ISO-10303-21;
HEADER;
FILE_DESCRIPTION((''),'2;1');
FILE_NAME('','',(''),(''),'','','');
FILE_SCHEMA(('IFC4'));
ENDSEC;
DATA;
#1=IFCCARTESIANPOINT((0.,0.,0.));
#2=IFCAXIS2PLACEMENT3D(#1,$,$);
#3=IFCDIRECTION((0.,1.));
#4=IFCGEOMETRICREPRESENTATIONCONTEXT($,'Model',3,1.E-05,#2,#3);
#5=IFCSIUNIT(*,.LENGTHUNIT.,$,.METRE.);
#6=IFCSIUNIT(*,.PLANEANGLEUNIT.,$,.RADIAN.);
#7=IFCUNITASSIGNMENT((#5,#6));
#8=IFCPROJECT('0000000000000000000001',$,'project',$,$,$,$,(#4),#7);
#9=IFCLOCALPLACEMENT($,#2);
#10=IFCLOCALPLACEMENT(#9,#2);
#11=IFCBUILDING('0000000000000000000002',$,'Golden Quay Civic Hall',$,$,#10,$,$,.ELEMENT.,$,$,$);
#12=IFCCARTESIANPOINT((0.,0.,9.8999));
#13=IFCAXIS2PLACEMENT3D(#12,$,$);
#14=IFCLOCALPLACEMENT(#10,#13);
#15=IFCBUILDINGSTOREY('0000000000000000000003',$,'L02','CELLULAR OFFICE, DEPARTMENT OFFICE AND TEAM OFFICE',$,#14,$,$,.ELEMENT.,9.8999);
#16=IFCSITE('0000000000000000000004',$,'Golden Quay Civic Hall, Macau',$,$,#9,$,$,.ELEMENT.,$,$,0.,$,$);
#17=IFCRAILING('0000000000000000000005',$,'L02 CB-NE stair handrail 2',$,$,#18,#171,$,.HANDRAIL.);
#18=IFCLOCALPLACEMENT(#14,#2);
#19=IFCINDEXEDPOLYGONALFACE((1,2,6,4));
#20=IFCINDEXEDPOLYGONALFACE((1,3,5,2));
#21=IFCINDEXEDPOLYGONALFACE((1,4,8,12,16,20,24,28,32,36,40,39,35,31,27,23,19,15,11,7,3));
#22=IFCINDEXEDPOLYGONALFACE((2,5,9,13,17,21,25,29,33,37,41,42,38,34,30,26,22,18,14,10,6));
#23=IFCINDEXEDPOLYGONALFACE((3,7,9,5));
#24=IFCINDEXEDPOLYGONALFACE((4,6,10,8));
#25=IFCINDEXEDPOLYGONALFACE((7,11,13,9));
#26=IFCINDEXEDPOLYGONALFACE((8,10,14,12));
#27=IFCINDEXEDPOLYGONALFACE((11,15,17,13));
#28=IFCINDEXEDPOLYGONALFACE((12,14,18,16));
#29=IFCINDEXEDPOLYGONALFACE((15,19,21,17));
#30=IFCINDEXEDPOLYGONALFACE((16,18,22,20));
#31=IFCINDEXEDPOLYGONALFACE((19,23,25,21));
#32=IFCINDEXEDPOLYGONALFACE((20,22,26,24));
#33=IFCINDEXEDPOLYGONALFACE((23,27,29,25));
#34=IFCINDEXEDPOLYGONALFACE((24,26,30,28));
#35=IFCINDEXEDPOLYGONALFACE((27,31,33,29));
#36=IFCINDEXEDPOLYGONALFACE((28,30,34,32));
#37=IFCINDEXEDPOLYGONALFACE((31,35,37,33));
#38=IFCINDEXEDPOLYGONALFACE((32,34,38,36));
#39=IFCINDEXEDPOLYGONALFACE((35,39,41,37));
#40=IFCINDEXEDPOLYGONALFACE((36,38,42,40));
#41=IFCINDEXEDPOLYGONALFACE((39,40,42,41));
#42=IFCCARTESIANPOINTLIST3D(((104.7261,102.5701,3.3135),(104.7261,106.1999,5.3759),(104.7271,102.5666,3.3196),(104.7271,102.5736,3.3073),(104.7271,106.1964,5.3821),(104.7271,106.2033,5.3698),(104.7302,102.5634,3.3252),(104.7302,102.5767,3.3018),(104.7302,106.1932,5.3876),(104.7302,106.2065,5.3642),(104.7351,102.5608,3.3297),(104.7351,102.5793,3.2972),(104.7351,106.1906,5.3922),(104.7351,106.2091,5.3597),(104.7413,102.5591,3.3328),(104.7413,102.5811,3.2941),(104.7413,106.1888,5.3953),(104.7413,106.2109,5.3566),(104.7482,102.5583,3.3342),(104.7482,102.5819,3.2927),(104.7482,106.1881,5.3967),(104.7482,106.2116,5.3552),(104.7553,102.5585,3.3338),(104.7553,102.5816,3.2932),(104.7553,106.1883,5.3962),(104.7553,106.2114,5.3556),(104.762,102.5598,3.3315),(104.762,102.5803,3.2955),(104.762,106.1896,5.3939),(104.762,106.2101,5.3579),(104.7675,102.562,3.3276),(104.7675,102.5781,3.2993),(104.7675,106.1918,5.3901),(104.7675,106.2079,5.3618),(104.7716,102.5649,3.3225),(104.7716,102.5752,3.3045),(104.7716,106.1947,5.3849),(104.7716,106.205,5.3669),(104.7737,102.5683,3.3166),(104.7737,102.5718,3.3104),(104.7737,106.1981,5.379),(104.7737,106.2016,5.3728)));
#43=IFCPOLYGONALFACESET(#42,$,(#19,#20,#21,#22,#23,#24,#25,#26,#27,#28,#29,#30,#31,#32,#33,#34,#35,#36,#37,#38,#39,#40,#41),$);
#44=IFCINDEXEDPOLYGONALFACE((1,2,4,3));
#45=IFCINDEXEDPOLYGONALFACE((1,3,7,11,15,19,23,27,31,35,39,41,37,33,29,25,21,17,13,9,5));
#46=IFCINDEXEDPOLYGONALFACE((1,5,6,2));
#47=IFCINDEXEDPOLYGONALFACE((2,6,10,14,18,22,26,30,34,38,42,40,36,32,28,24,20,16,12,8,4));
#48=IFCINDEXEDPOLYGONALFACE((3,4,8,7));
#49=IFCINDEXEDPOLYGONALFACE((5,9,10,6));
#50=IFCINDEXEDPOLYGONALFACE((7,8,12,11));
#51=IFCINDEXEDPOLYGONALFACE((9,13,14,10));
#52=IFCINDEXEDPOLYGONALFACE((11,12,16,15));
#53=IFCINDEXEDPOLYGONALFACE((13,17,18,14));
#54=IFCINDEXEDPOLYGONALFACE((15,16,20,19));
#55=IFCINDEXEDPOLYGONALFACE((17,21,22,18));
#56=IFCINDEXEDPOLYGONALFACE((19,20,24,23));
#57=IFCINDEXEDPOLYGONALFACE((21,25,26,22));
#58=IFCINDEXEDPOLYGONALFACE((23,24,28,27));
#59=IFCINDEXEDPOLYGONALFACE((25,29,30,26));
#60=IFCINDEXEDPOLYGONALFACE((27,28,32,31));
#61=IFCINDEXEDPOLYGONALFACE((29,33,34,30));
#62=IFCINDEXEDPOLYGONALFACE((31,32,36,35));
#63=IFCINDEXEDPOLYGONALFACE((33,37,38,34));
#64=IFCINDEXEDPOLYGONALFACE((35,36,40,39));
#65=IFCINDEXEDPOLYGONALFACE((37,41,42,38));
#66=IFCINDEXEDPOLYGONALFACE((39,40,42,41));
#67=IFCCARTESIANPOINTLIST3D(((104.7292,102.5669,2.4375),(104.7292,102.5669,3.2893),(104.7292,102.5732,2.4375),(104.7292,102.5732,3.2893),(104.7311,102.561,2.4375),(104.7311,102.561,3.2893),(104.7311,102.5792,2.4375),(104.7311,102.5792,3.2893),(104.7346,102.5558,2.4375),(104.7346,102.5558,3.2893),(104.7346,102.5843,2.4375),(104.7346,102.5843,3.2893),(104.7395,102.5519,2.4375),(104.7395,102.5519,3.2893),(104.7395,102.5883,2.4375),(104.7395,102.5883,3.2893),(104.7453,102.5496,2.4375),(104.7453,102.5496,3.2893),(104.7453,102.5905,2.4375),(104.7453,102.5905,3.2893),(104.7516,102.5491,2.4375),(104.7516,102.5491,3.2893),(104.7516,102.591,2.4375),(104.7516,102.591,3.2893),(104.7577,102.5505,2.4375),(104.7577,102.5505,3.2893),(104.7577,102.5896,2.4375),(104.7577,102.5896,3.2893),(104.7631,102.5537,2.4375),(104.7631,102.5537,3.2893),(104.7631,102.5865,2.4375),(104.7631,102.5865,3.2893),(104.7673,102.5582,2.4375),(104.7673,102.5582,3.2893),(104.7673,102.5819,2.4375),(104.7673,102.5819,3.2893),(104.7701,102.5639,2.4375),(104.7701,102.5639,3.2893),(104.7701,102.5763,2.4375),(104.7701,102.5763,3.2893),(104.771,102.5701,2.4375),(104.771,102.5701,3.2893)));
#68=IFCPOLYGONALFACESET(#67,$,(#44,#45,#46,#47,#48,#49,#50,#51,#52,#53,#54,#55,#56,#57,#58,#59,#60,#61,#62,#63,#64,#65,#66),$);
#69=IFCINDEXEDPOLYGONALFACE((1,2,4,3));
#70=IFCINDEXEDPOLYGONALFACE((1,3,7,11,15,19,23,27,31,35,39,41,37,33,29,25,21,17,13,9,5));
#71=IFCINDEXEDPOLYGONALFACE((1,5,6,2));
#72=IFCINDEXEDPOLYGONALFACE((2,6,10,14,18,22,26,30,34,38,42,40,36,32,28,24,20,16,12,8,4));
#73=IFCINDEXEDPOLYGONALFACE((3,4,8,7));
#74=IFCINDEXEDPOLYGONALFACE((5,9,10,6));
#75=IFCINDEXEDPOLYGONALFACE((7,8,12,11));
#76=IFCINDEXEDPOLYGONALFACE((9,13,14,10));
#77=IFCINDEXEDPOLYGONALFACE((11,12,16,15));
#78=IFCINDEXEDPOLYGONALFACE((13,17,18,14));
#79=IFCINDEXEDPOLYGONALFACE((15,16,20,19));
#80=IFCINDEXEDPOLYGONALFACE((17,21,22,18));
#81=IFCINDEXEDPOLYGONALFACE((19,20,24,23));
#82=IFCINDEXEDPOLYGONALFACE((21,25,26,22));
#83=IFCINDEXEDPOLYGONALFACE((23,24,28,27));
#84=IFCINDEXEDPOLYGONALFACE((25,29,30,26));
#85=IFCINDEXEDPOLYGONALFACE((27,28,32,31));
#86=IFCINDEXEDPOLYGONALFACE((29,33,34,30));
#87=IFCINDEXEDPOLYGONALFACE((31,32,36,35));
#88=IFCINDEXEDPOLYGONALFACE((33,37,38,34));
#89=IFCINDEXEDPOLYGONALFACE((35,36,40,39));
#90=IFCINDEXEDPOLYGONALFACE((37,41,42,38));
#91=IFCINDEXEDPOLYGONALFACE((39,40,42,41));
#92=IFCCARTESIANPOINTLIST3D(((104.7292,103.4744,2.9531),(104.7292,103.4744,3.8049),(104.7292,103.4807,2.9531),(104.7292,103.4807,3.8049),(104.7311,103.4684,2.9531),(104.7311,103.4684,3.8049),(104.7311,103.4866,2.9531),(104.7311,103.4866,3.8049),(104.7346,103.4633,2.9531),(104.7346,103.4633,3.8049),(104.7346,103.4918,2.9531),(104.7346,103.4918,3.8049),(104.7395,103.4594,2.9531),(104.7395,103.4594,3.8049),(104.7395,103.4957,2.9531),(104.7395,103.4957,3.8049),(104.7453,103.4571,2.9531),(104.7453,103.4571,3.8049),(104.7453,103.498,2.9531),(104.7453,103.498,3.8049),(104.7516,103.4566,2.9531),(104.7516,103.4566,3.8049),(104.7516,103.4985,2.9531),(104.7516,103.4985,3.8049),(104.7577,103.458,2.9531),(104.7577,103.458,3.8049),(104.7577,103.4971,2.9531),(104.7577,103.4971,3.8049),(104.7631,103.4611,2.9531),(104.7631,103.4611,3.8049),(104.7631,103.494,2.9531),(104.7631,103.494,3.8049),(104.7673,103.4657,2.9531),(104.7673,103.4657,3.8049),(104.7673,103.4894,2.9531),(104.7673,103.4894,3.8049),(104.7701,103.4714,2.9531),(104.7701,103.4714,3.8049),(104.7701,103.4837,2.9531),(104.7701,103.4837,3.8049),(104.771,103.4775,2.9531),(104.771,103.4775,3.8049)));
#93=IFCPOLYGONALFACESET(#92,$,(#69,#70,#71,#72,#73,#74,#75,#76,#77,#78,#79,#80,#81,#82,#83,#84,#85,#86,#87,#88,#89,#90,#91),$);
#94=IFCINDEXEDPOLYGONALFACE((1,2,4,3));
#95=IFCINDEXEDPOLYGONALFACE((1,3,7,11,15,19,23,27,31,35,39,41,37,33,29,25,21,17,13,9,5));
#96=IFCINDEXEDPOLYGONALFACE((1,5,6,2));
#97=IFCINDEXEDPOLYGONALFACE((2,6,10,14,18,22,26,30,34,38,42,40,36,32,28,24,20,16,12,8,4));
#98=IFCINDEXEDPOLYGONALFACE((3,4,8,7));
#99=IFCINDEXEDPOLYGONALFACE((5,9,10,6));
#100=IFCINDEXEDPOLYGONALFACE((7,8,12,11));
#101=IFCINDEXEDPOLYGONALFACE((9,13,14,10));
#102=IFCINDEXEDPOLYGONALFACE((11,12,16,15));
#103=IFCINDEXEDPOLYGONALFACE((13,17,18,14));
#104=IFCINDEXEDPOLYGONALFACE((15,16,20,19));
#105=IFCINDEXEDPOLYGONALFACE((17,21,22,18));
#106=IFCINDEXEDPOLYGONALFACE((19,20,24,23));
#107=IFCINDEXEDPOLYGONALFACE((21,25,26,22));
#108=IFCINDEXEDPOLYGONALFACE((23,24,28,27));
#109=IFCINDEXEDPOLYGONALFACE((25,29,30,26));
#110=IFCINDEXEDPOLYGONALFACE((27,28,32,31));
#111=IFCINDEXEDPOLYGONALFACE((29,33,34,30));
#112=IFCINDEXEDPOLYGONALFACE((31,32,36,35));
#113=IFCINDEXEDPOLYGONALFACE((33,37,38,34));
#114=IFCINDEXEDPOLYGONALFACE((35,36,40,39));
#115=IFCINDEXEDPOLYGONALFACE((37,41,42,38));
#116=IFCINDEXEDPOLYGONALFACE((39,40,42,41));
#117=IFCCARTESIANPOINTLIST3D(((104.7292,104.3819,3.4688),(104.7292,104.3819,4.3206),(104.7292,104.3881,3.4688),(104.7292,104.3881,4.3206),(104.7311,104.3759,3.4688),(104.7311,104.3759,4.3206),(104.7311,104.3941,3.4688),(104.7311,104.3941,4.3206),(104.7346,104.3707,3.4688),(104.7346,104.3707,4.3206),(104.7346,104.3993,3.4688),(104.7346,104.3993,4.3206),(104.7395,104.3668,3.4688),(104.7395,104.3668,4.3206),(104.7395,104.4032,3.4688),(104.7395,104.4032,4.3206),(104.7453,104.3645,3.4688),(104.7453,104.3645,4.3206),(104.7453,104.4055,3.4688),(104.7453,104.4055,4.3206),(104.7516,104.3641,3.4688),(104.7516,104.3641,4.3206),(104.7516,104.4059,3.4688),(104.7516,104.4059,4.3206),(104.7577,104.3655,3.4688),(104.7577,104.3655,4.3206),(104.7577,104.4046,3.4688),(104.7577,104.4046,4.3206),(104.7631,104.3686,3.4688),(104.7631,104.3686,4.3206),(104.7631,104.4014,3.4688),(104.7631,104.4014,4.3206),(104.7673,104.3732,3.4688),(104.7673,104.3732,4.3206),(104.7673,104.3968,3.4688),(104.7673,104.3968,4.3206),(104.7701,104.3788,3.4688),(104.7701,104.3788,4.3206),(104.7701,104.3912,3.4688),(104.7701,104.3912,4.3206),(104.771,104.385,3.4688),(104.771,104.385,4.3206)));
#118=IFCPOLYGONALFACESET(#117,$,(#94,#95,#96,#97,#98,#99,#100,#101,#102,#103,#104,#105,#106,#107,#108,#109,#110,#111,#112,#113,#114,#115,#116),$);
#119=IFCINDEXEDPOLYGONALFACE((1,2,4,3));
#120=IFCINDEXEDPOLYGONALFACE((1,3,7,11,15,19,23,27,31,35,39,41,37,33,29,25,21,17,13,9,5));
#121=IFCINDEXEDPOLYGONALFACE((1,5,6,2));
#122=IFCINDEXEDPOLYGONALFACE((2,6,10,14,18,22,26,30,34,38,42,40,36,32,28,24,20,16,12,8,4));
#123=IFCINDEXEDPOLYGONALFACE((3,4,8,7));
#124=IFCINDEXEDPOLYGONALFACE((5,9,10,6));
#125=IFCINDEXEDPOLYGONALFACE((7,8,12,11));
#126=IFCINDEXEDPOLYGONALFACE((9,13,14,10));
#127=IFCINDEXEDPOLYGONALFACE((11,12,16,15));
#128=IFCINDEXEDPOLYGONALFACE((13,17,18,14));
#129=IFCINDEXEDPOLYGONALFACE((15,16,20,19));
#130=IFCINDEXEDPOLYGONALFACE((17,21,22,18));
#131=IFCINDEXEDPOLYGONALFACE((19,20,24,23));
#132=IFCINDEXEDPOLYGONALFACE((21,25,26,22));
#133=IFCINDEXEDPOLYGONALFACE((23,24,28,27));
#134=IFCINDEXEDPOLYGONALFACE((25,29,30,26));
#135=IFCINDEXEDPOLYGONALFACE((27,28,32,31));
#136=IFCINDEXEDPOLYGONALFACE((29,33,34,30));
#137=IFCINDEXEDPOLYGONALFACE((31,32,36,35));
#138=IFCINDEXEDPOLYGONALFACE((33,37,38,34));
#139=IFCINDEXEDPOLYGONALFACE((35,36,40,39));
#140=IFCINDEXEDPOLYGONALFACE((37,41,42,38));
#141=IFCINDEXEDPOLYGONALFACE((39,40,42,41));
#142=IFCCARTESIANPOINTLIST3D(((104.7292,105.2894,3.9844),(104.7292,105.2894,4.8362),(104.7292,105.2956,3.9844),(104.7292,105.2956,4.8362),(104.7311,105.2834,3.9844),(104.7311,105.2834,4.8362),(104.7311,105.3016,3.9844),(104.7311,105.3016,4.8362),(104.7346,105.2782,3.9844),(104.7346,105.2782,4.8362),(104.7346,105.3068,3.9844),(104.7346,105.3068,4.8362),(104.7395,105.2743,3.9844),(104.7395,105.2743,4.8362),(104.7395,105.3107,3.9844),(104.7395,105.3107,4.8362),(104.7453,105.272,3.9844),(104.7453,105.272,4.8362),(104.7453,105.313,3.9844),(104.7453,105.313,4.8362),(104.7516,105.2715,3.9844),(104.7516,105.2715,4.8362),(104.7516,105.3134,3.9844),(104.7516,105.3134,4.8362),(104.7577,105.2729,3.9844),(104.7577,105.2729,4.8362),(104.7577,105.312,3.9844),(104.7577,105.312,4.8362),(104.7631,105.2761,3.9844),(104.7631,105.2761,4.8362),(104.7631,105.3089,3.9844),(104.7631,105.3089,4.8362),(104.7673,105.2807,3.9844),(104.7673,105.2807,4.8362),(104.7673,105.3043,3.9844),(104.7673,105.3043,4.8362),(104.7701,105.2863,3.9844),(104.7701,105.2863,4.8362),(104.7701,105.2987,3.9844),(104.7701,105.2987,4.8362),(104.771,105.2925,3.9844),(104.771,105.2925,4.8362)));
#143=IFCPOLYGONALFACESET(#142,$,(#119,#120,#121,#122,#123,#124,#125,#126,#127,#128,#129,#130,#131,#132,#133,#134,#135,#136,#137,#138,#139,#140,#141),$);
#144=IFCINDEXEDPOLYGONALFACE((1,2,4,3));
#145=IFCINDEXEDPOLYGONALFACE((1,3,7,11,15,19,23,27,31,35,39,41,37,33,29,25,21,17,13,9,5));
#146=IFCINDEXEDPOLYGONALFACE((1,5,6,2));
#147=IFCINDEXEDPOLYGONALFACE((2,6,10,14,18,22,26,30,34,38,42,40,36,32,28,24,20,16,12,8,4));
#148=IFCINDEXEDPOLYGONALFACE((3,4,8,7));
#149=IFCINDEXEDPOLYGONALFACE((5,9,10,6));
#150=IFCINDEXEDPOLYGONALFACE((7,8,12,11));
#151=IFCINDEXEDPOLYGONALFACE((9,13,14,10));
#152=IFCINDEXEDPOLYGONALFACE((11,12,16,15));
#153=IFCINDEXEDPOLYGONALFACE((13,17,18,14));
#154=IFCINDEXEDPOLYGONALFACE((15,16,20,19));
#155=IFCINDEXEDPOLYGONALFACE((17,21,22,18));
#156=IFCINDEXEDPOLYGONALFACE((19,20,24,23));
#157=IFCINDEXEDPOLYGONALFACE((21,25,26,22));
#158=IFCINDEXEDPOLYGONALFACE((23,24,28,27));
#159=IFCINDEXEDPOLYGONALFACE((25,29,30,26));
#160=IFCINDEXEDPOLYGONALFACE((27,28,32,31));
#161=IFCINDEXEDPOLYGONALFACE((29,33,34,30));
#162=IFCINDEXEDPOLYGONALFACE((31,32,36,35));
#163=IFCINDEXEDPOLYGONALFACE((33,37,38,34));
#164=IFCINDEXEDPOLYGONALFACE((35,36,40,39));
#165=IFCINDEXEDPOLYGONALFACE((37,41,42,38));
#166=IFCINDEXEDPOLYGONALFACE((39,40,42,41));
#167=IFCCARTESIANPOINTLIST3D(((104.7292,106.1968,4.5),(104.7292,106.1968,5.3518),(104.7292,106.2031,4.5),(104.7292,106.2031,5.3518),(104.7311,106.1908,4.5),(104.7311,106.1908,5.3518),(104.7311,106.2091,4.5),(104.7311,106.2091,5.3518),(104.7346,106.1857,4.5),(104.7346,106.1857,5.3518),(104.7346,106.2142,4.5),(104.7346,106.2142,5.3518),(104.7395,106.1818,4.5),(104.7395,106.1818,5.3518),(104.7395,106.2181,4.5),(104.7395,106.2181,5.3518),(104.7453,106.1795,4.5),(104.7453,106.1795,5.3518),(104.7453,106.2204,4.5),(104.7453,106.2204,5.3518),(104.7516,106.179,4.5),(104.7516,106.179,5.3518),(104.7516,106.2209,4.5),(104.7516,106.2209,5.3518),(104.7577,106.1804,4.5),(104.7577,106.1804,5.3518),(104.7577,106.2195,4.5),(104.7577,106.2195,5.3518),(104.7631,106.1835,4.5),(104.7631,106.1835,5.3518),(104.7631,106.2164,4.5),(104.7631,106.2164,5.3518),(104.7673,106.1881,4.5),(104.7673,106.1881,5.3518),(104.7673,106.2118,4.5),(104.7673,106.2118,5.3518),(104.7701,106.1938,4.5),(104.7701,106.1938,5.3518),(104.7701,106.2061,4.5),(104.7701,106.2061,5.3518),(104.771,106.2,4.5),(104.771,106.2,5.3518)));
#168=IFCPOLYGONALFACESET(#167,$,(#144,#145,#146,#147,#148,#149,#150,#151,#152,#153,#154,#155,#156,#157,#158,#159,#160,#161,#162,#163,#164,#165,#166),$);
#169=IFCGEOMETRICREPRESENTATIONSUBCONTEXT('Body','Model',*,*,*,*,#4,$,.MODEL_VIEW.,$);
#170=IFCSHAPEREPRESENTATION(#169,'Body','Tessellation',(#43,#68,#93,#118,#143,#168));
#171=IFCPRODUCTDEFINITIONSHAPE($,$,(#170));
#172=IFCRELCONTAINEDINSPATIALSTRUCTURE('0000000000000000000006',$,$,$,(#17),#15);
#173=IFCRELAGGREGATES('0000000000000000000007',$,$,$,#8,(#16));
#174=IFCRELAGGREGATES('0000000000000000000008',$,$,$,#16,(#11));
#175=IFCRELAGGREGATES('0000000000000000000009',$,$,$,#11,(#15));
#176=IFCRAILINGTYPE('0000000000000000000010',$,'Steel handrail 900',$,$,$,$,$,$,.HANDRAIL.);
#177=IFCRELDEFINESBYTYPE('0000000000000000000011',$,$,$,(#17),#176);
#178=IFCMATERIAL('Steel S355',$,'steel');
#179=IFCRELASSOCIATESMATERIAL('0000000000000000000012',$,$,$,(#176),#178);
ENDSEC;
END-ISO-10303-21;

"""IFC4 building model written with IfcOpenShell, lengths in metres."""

from ifc_helpers import new_model, si_unit, direction, frame, origin, origin_2d, place, context, subcontext, project, spatial, circle, extrude, material, type_object, element, save


model = new_model("IFC4")

# Units and contexts
model_context = context("Model", 3, precision=1e-05, world=origin(), true_north=direction((0.0, 1.0)))
body_context = subcontext(model_context, "Body", "Model", "MODEL_VIEW")
ifc_project = project(units=[si_unit("LENGTHUNIT", "METRE"), si_unit("PLANEANGLEUNIT", "RADIAN")], contexts=[model_context])

# Site, building, storey
site_placement = place(None, origin())
site = spatial("IfcSite", under=ifc_project, at=site_placement, Name="Golden Quay Civic Hall, Macau", CompositionType="ELEMENT", RefElevation=0.0)
building_placement = place(site_placement, origin())
building = spatial("IfcBuilding", under=site, at=building_placement, Name="Golden Quay Civic Hall", CompositionType="ELEMENT")
storey_placement = place(building_placement, frame((0.0, 0.0, 9.8999)))
storey = spatial("IfcBuildingStorey", under=building, at=storey_placement, Name="L02", Description="CELLULAR OFFICE, DEPARTMENT OFFICE AND TEAM OFFICE", CompositionType="ELEMENT", Elevation=9.8999)

# Railing
ifc_material_1 = material(Name="Steel S355", Category="steel")
railing_type_1 = type_object("IfcRailingType", Name="Steel handrail 900", PredefinedType="HANDRAIL", material=ifc_material_1)
railing_1_placement = place(storey_placement, frame((104.75, 102.5701, 2.4375)))
element("IfcRailing", 1, at=railing_1_placement, inside=storey, type_object=railing_type_1, Name="L02 CB-NE stair handrail 2", PredefinedType="HANDRAIL", context=body_context, shape_type="SweptSolid", body=[
    extrude(circle(Radius=0.0239, at=origin_2d()), frame((0.0, 0.0, 0.876), z_axis=(0.0, 0.86945, 0.494021), x_axis=(-1.0, 0.0, 0.0)), (0.0, 0.0, 1.0), 4.1748),
    extrude(circle(Radius=0.021, at=origin_2d()), origin(), (0.0, 0.0, 1.0), 0.8518),
    extrude(circle(Radius=0.021, at=origin_2d()), frame((0.0, 0.9075, 0.5156)), (0.0, 0.0, 1.0), 0.8518),
    extrude(circle(Radius=0.021, at=origin_2d()), frame((0.0, 1.8149, 1.0312)), (0.0, 0.0, 1.0), 0.8518),
    extrude(circle(Radius=0.021, at=origin_2d()), frame((0.0, 2.7224, 1.5469)), (0.0, 0.0, 1.0), 0.8518),
    extrude(circle(Radius=0.021, at=origin_2d()), frame((0.0, 3.6299, 2.0625)), (0.0, 0.0, 1.0), 0.8518),
])

save(model, "model.ifc")
